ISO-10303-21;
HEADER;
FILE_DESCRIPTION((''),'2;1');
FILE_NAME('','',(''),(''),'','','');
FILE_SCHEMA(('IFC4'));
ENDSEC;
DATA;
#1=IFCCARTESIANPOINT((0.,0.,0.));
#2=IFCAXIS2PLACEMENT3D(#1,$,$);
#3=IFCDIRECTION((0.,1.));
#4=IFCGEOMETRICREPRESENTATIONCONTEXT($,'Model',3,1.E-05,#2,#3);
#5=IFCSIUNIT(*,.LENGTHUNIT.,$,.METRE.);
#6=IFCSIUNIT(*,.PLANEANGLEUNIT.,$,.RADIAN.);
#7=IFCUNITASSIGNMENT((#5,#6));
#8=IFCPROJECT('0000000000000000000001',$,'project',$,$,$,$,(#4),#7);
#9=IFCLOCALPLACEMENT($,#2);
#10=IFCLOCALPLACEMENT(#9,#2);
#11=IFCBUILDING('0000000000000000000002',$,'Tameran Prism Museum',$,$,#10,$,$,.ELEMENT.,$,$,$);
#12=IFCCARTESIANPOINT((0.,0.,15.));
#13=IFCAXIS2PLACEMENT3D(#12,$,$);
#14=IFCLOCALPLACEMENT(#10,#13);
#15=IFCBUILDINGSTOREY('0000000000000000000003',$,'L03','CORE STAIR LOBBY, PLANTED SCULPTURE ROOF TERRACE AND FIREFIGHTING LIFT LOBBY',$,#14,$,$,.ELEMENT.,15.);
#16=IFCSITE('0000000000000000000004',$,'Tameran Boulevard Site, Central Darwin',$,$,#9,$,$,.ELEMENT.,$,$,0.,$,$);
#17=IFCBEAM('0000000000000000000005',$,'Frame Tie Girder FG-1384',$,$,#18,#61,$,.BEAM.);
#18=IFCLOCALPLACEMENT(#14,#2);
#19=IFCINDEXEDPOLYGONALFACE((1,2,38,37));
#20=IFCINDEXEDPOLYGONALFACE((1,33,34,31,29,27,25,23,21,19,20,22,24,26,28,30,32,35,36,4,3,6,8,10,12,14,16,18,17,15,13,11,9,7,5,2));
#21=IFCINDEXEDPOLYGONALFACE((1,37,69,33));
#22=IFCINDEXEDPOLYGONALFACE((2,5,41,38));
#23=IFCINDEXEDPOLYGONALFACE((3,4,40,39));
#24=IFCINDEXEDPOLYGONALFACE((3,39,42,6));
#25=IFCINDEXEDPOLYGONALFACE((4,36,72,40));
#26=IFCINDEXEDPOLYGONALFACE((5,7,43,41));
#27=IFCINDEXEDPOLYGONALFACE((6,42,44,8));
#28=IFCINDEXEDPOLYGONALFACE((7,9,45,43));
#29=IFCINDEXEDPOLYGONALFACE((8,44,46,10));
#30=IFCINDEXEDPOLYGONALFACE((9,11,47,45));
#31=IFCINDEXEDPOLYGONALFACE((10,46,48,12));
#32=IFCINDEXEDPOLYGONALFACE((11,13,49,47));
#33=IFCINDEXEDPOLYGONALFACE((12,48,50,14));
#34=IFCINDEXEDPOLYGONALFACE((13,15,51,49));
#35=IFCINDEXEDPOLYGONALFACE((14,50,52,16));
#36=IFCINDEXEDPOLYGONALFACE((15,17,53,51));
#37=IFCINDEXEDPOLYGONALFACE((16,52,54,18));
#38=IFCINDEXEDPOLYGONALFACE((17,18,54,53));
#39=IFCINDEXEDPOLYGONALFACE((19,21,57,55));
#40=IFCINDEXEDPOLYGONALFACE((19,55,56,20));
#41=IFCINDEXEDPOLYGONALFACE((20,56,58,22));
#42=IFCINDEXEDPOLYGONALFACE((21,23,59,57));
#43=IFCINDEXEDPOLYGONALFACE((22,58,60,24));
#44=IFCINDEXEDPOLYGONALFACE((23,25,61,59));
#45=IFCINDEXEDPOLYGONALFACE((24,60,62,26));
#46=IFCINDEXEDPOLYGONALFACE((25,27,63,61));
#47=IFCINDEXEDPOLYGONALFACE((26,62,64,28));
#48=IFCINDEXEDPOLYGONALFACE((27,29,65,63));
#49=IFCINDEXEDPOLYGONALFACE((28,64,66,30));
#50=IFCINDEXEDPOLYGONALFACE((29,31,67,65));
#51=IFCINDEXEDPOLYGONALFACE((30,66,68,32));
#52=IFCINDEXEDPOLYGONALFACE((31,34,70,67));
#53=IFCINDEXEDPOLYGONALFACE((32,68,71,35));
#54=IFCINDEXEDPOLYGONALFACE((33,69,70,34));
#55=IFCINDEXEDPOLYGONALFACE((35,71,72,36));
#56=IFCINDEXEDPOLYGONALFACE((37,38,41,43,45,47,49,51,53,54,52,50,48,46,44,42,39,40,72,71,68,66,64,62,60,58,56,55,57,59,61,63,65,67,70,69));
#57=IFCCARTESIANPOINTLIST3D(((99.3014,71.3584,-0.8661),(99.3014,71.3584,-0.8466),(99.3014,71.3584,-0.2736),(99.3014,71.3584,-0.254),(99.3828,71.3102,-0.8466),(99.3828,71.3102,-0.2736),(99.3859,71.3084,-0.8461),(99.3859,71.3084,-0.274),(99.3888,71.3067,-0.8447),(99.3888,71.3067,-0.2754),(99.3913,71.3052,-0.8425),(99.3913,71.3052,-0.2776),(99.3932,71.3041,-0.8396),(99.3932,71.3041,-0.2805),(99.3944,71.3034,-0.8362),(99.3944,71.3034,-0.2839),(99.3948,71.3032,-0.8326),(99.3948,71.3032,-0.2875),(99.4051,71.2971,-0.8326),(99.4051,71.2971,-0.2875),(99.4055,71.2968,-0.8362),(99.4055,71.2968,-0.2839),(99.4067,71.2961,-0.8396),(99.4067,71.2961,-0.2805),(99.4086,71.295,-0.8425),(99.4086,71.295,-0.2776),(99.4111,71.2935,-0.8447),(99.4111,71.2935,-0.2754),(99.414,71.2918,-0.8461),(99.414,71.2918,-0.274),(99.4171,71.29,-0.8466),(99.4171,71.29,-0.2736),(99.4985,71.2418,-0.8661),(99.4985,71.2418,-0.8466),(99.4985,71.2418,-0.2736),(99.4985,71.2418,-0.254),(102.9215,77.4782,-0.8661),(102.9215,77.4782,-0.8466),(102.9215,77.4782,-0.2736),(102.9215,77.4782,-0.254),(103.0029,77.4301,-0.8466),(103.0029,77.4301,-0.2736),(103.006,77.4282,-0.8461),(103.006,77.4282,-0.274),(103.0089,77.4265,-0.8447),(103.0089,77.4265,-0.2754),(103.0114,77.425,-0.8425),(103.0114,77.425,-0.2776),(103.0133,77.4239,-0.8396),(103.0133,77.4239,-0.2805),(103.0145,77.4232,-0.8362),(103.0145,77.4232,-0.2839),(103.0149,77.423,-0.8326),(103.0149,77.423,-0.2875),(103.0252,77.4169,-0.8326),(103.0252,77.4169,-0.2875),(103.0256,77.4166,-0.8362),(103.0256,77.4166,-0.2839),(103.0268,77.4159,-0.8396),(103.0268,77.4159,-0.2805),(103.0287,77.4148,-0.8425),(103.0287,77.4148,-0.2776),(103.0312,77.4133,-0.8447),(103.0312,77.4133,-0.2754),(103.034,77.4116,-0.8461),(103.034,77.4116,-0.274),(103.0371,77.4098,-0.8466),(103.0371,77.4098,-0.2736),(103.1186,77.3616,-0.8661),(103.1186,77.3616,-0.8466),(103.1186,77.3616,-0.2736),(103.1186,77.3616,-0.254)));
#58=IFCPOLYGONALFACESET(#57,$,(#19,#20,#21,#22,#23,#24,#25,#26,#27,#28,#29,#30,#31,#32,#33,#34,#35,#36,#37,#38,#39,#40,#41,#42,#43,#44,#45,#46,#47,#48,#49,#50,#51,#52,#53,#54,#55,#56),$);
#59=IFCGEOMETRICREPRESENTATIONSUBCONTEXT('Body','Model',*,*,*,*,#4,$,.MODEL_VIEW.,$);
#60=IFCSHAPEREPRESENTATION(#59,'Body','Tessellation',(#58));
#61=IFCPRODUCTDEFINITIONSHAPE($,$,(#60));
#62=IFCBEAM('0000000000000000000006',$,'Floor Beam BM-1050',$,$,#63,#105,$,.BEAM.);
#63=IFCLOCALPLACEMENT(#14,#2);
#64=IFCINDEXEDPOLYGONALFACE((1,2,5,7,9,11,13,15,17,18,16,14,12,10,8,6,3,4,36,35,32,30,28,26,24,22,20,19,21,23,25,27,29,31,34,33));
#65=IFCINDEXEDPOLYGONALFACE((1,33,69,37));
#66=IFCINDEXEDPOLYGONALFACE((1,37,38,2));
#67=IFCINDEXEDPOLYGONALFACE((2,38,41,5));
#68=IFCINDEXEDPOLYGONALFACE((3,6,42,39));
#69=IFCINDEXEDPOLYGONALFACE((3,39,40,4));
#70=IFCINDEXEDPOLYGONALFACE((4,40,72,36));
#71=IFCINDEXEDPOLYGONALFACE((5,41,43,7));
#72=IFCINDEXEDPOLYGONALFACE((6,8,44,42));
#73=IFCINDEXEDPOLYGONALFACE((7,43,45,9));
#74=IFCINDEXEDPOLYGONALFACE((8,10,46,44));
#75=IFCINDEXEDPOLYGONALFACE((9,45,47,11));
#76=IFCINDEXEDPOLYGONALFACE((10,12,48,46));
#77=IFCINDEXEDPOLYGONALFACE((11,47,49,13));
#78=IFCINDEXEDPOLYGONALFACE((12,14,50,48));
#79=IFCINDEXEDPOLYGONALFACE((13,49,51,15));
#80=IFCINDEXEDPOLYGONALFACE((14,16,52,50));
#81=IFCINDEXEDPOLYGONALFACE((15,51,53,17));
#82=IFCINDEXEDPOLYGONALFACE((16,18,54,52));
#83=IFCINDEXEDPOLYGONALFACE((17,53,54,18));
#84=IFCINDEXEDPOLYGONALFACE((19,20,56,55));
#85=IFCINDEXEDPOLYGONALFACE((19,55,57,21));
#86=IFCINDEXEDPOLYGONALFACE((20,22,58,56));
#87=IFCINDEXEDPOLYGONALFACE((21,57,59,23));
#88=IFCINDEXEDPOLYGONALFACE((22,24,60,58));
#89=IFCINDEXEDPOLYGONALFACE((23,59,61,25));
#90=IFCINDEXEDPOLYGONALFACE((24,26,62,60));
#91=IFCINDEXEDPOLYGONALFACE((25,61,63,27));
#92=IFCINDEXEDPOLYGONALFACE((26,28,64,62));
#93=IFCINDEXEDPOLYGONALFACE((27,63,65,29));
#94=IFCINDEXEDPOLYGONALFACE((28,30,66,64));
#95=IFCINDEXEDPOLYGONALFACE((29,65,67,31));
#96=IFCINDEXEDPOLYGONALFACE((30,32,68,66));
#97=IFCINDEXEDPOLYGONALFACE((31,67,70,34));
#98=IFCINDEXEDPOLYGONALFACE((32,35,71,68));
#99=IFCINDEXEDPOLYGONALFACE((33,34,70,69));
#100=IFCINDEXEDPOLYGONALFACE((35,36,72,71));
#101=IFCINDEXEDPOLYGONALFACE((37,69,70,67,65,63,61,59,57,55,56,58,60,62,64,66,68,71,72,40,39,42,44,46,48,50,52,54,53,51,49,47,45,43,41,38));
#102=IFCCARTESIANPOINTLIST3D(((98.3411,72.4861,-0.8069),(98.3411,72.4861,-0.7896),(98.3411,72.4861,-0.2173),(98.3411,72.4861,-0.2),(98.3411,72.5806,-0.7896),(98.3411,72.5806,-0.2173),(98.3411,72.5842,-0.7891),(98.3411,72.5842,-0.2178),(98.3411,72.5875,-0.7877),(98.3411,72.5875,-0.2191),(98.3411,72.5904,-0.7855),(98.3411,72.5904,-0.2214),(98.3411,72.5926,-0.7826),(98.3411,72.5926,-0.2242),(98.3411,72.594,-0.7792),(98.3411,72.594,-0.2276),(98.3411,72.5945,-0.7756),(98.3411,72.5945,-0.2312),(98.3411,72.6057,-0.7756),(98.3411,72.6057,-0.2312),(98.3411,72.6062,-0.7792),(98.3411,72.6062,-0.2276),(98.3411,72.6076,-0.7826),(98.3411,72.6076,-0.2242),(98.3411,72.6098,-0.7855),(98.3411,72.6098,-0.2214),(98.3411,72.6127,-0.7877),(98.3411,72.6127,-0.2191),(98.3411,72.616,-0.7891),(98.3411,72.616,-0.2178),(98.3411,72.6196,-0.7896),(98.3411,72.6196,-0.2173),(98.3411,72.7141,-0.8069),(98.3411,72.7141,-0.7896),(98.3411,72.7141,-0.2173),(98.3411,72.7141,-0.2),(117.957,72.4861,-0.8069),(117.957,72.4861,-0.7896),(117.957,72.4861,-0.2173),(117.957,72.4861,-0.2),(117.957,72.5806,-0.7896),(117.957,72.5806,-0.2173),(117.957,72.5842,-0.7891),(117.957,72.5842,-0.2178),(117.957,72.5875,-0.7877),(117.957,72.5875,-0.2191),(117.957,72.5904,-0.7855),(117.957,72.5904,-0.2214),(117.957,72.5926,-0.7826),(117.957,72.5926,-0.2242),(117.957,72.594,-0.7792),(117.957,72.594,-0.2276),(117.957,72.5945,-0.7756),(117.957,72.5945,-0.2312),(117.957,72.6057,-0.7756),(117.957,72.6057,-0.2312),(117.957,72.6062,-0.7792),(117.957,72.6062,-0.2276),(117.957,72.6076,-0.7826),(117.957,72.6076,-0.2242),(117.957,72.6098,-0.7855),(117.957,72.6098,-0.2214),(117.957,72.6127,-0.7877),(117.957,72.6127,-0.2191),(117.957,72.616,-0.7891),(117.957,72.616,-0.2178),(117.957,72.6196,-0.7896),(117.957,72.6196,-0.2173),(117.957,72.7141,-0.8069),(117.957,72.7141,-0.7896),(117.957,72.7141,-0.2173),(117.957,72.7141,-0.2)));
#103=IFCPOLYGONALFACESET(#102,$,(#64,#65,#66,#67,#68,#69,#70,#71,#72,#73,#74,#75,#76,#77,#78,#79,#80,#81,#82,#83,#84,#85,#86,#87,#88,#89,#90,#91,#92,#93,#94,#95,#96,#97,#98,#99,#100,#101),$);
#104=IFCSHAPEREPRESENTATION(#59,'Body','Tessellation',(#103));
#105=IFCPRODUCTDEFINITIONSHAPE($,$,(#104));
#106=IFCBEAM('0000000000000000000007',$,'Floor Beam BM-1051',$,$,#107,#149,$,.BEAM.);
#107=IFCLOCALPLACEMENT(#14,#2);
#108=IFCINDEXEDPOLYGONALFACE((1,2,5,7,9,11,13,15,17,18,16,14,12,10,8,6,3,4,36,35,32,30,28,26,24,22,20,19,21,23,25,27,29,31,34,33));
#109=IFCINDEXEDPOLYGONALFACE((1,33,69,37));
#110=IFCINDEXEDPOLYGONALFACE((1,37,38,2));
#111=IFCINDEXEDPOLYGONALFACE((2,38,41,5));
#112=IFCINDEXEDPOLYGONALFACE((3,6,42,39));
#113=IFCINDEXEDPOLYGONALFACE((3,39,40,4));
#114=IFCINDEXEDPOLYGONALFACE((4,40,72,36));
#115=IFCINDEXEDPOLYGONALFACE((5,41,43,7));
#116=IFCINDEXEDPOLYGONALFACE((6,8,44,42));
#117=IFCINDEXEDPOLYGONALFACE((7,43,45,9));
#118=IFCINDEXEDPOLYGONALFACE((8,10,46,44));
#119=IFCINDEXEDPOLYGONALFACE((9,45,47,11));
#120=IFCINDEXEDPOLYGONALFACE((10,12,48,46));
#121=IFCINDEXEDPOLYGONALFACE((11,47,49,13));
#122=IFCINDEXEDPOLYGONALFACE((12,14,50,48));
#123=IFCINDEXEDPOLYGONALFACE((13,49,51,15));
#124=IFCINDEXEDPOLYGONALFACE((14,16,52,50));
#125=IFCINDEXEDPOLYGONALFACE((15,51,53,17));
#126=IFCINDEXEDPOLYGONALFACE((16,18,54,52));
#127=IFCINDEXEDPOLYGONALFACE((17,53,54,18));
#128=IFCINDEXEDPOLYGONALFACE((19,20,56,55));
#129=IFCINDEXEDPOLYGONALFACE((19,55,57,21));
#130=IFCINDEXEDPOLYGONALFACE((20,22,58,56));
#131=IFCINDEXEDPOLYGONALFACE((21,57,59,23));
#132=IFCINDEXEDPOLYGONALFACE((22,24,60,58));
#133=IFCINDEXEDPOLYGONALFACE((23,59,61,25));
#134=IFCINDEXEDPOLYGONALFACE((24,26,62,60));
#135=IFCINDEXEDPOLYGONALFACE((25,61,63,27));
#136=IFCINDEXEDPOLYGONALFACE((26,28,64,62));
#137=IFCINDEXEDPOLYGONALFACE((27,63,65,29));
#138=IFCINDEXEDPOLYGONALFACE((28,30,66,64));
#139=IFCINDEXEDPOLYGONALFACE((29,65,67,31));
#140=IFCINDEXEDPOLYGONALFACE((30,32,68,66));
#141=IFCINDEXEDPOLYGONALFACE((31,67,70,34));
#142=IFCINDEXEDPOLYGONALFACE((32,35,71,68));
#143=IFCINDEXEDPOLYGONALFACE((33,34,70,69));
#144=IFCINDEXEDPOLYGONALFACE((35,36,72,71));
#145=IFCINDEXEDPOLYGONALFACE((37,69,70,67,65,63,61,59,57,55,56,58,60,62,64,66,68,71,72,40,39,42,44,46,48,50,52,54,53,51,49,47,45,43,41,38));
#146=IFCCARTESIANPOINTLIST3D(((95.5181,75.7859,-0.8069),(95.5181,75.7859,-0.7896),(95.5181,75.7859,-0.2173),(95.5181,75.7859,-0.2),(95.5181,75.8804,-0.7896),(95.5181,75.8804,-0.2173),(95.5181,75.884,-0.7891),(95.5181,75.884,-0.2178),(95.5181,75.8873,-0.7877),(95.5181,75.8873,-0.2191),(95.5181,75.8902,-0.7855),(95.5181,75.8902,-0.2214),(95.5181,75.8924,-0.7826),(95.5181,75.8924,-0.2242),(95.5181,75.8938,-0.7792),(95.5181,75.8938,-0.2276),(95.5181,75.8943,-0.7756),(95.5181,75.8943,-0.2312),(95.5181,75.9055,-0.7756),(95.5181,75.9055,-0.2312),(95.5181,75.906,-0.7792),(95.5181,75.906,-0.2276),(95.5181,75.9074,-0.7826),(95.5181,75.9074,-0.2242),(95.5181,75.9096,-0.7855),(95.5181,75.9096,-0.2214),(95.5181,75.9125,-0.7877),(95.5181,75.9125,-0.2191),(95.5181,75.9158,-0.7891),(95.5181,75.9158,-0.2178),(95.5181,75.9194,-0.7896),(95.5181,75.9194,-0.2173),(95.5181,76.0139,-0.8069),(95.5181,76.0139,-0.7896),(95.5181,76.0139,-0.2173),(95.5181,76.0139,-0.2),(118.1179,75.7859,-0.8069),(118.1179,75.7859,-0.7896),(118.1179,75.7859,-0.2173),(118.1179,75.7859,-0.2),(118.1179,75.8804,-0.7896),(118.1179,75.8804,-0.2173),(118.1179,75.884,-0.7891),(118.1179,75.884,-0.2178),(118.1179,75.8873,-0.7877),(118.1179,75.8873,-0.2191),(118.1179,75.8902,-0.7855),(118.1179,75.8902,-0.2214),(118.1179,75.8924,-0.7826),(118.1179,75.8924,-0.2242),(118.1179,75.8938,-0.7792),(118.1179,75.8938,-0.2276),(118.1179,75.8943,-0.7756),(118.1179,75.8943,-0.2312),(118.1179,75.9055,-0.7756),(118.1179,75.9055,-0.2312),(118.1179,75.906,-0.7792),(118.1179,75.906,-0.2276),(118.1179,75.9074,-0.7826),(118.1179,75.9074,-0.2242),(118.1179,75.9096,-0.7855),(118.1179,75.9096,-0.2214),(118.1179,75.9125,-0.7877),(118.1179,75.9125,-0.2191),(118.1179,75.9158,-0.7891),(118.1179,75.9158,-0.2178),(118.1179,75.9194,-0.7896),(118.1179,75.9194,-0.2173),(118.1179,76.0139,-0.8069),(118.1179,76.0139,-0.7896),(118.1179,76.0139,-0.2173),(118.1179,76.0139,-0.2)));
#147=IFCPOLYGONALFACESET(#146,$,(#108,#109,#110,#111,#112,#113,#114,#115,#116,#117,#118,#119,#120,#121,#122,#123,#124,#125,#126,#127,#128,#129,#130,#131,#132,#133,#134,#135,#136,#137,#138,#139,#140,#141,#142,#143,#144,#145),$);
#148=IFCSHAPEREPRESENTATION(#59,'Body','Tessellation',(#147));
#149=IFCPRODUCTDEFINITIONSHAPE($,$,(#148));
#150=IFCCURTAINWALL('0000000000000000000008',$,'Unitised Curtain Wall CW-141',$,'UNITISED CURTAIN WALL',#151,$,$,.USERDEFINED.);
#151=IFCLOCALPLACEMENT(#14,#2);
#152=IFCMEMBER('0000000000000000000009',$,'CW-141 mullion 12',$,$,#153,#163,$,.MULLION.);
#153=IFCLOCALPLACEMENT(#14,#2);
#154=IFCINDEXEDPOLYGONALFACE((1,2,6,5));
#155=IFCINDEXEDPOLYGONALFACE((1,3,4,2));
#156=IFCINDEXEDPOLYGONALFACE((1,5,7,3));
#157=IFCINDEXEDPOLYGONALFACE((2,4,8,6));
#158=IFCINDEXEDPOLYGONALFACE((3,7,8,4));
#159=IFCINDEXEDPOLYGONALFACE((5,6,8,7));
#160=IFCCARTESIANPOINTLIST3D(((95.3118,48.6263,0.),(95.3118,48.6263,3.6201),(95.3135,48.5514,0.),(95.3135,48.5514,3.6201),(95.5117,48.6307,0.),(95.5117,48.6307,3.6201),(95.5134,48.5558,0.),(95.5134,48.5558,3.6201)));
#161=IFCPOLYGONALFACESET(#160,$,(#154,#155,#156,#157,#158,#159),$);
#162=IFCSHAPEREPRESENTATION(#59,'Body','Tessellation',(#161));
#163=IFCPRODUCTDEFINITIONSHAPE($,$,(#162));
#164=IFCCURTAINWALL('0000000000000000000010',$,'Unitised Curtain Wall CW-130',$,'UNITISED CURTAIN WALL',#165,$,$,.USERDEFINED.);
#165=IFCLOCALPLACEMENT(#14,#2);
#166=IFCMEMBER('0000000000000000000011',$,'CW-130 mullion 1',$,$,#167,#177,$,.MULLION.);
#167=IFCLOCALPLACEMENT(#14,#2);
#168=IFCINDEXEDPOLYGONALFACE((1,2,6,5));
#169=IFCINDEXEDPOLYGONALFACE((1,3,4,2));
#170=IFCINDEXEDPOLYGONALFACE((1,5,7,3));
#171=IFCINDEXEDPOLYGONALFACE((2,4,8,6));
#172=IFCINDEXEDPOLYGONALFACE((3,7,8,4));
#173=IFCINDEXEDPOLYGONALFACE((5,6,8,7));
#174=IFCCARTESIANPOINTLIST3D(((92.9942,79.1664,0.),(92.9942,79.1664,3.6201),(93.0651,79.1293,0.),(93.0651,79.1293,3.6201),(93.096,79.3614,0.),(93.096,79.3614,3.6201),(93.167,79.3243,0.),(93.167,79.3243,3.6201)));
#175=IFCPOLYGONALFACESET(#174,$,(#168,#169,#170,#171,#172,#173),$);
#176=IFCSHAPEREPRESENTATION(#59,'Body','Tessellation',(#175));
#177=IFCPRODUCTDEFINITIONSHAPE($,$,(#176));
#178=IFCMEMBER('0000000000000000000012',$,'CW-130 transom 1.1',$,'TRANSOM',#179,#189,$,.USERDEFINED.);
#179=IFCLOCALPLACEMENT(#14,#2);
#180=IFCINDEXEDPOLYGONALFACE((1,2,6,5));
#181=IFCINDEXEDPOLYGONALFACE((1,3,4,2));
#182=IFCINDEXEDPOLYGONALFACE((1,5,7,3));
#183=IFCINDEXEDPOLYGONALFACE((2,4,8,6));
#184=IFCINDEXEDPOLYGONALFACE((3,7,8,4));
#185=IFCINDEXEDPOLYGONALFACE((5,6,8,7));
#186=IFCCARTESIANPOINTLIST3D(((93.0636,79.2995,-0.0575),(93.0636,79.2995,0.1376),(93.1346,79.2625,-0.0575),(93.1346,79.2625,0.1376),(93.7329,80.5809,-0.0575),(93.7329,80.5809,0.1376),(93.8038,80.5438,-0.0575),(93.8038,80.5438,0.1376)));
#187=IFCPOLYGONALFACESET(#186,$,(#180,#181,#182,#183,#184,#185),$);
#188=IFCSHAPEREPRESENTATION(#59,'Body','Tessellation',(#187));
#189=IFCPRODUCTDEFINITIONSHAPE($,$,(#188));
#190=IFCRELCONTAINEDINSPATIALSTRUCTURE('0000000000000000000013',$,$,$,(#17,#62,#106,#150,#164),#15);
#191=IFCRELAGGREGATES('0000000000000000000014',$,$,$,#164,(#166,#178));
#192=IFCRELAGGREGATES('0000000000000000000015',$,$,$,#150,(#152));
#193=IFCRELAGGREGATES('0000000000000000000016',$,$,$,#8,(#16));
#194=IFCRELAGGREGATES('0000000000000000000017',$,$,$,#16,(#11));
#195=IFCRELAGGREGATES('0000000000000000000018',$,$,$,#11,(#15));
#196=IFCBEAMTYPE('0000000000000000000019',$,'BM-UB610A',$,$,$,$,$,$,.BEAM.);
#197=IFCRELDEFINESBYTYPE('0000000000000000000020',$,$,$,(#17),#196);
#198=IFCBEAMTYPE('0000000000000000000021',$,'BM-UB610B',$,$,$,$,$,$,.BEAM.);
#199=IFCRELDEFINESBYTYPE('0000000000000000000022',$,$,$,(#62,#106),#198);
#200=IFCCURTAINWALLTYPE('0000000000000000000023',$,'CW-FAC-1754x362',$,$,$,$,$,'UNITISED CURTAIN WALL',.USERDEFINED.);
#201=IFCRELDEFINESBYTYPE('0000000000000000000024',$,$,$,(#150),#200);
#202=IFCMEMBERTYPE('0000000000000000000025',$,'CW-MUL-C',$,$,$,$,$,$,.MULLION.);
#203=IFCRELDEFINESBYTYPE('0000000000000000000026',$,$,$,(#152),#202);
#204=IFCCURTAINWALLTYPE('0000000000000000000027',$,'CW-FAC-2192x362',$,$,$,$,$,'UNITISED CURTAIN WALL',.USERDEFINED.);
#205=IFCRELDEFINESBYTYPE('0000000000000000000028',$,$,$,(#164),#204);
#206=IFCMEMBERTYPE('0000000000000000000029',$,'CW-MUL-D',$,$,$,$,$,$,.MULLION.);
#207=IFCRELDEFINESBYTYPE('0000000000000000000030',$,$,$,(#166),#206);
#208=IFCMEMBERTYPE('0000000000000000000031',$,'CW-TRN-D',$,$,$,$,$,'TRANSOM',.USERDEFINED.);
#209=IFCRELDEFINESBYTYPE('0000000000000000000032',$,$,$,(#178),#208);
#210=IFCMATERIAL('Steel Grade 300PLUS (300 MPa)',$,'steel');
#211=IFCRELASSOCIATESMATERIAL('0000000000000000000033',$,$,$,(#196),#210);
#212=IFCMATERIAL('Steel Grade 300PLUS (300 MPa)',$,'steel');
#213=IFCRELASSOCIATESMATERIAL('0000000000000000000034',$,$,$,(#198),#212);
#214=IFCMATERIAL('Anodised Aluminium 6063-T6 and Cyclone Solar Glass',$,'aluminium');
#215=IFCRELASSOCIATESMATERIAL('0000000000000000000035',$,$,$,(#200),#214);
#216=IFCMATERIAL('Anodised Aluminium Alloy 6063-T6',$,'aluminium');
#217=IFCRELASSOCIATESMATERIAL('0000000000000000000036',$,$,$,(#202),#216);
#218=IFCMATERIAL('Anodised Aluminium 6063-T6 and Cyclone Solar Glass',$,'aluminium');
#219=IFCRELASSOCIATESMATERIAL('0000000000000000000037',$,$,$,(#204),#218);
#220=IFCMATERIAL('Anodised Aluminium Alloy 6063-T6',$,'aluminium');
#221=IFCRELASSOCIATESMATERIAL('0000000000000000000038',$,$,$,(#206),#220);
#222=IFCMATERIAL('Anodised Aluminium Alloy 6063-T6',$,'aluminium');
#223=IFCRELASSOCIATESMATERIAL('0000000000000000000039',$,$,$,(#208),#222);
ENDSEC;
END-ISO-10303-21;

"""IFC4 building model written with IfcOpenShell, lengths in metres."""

from ifc_helpers import new_model, si_unit, direction, frame, origin, origin_2d, place, context, subcontext, project, spatial, rectangle, i_section, extrude, material, material_profile, profile_set, type_object, element, aggregate, save


model = new_model("IFC4")

# Units and contexts
model_context = context("Model", 3, precision=1e-05, world=origin(), true_north=direction((0.0, 1.0)))
body_context = subcontext(model_context, "Body", "Model", "MODEL_VIEW")
ifc_project = project(units=[si_unit("LENGTHUNIT", "METRE"), si_unit("PLANEANGLEUNIT", "RADIAN")], contexts=[model_context])

# Site, building, storey
site_placement = place(None, origin())
site = spatial("IfcSite", under=ifc_project, at=site_placement, Name="Tameran Boulevard Site, Central Darwin", CompositionType="ELEMENT", RefElevation=0.0)
building_placement = place(site_placement, origin())
building = spatial("IfcBuilding", under=site, at=building_placement, Name="Tameran Prism Museum", CompositionType="ELEMENT")
storey_placement = place(building_placement, frame((0.0, 0.0, 15.0)))
storey = spatial("IfcBuildingStorey", under=building, at=storey_placement, Name="L03", Description="CORE STAIR LOBBY, PLANTED SCULPTURE ROOF TERRACE AND FIREFIGHTING LIFT LOBBY", CompositionType="ELEMENT", Elevation=15.0)

# Beams
ifc_material_1 = material(Name="Steel Grade 300PLUS (300 MPa)", Category="steel")
ifc_material_profile_1 = material_profile(ifc_material_1, i_section(OverallWidth=0.229, OverallDepth=0.6121, WebThickness=0.012, FlangeThickness=0.0195, FilletRadius=0.0139, at=origin_2d()))
ifc_profile_set_1 = profile_set([ifc_material_profile_1])
beam_type_1 = type_object("IfcBeamType", Name="BM-UB610A", PredefinedType="BEAM", material=ifc_profile_set_1)
beam_1_placement = place(storey_placement, frame((103.02, 77.4199, -0.5601), z_axis=(-0.509128, -0.860691, 0.0), x_axis=(0.860691, -0.509128, 0.0)))
element("IfcBeam", 1, at=beam_1_placement, inside=storey, type_object=beam_type_1, Name="Frame Tie Girder FG-1384", PredefinedType="BEAM", context=body_context, shape_type="SweptSolid", body=[
    extrude(i_section(OverallWidth=0.229, OverallDepth=0.6121, WebThickness=0.012, FlangeThickness=0.0195, FilletRadius=0.0139, at=origin_2d()), origin(), (0.0, 0.0, 1.0), 7.1104),
])
ifc_material_2 = material(Name="Steel Grade 300PLUS (300 MPa)", Category="steel")
ifc_material_profile_2 = material_profile(ifc_material_2, i_section(OverallWidth=0.228, OverallDepth=0.6069, WebThickness=0.0112, FlangeThickness=0.0173, FilletRadius=0.0139, at=origin_2d()))
ifc_profile_set_2 = profile_set([ifc_material_profile_2])
beam_type_2 = type_object("IfcBeamType", Name="BM-UB610B", PredefinedType="BEAM", material=ifc_profile_set_2)
beam_2_placement = place(storey_placement, frame((98.3411, 72.6001, -0.5034), z_axis=(1.0, 0.0, 0.0), x_axis=(0.0, 1.0, 0.0)))
element("IfcBeam", 2, at=beam_2_placement, inside=storey, type_object=beam_type_2, Name="Floor Beam BM-1050", PredefinedType="BEAM", context=body_context, shape_type="SweptSolid", body=[
    extrude(i_section(OverallWidth=0.228, OverallDepth=0.6069, WebThickness=0.0112, FlangeThickness=0.0173, FilletRadius=0.0139, at=origin_2d()), origin(), (0.0, 0.0, 1.0), 19.616),
])
beam_3_placement = place(storey_placement, frame((95.5181, 75.8999, -0.5034), z_axis=(1.0, 0.0, 0.0), x_axis=(0.0, 1.0, 0.0)))
element("IfcBeam", 3, at=beam_3_placement, inside=storey, type_object=beam_type_2, Name="Floor Beam BM-1051", PredefinedType="BEAM", context=body_context, shape_type="SweptSolid", body=[
    extrude(i_section(OverallWidth=0.228, OverallDepth=0.6069, WebThickness=0.0112, FlangeThickness=0.0173, FilletRadius=0.0139, at=origin_2d()), origin(), (0.0, 0.0, 1.0), 22.5999),
])

# Curtain wall, member
ifc_material_3 = material(Name="Anodised Aluminium 6063-T6 and Cyclone Solar Glass", Category="aluminium")
curtain_wall_type_1 = type_object("IfcCurtainWallType", Name="CW-FAC-1754x362", ElementType="UNITISED CURTAIN WALL", PredefinedType="USERDEFINED", material=ifc_material_3)
curtain_wall_1_placement = place(storey_placement, origin())
curtain_wall_1 = element("IfcCurtainWall", 4, at=curtain_wall_1_placement, inside=storey, type_object=curtain_wall_type_1, Name="Unitised Curtain Wall CW-141", ObjectType="UNITISED CURTAIN WALL", PredefinedType="USERDEFINED")
ifc_material_4 = material(Name="Anodised Aluminium Alloy 6063-T6", Category="aluminium")
ifc_material_profile_3 = material_profile(ifc_material_4, rectangle(XDim=0.075, YDim=0.2, at=origin_2d()))
ifc_profile_set_3 = profile_set([ifc_material_profile_3])
member_type_1 = type_object("IfcMemberType", Name="CW-MUL-C", PredefinedType="MULLION", material=ifc_profile_set_3)
member_1_placement = place(storey_placement, frame((95.4126, 48.5911, 0.0), z_axis=(0.0, 0.0, 1.0), x_axis=(-0.021831, 0.999762, 0.0)))
member_1 = element("IfcMember", 5, at=member_1_placement, type_object=member_type_1, Name="CW-141 mullion 12", PredefinedType="MULLION", context=body_context, shape_type="SweptSolid", body=[
    extrude(rectangle(XDim=0.075, YDim=0.2, at=origin_2d()), origin(), (0.0, 0.0, 1.0), 3.6201),
])

# Curtain wall, members
ifc_material_5 = material(Name="Anodised Aluminium 6063-T6 and Cyclone Solar Glass", Category="aluminium")
curtain_wall_type_2 = type_object("IfcCurtainWallType", Name="CW-FAC-2192x362", ElementType="UNITISED CURTAIN WALL", PredefinedType="USERDEFINED", material=ifc_material_5)
curtain_wall_2_placement = place(storey_placement, origin())
curtain_wall_2 = element("IfcCurtainWall", 6, at=curtain_wall_2_placement, inside=storey, type_object=curtain_wall_type_2, Name="Unitised Curtain Wall CW-130", ObjectType="UNITISED CURTAIN WALL", PredefinedType="USERDEFINED")
ifc_material_6 = material(Name="Anodised Aluminium Alloy 6063-T6", Category="aluminium")
ifc_material_profile_4 = material_profile(ifc_material_6, rectangle(XDim=0.0801, YDim=0.22, at=origin_2d()))
ifc_profile_set_4 = profile_set([ifc_material_profile_4])
member_type_2 = type_object("IfcMemberType", Name="CW-MUL-D", PredefinedType="MULLION", material=ifc_profile_set_4)
member_2_placement = place(storey_placement, frame((93.0806, 79.2454, 0.0), z_axis=(0.0, 0.0, 1.0), x_axis=(-0.886357, 0.463003, 0.0)))
member_2 = element("IfcMember", 7, at=member_2_placement, type_object=member_type_2, Name="CW-130 mullion 1", PredefinedType="MULLION", context=body_context, shape_type="SweptSolid", body=[
    extrude(rectangle(XDim=0.0801, YDim=0.22, at=origin_2d()), origin(), (0.0, 0.0, 1.0), 3.6201),
])
ifc_material_7 = material(Name="Anodised Aluminium Alloy 6063-T6", Category="aluminium")
ifc_material_profile_5 = material_profile(ifc_material_7, rectangle(XDim=0.0801, YDim=0.1951, at=origin_2d()))
ifc_profile_set_5 = profile_set([ifc_material_profile_5])
member_type_3 = type_object("IfcMemberType", Name="CW-TRN-D", ElementType="TRANSOM", PredefinedType="USERDEFINED", material=ifc_profile_set_5)
member_3_placement = place(storey_placement, frame((93.0991, 79.281, 0.04), z_axis=(0.462953, 0.886383, 0.0), x_axis=(-0.886383, 0.462953, 0.0)))
member_3 = element("IfcMember", 8, at=member_3_placement, type_object=member_type_3, Name="CW-130 transom 1.1", ObjectType="TRANSOM", PredefinedType="USERDEFINED", context=body_context, shape_type="SweptSolid", body=[
    extrude(rectangle(XDim=0.0801, YDim=0.1951, at=origin_2d()), origin(), (0.0, 0.0, 1.0), 1.4456),
])
aggregate(curtain_wall_2, [member_2, member_3])

aggregate(curtain_wall_1, [member_1])

save(model, "model.ifc")
